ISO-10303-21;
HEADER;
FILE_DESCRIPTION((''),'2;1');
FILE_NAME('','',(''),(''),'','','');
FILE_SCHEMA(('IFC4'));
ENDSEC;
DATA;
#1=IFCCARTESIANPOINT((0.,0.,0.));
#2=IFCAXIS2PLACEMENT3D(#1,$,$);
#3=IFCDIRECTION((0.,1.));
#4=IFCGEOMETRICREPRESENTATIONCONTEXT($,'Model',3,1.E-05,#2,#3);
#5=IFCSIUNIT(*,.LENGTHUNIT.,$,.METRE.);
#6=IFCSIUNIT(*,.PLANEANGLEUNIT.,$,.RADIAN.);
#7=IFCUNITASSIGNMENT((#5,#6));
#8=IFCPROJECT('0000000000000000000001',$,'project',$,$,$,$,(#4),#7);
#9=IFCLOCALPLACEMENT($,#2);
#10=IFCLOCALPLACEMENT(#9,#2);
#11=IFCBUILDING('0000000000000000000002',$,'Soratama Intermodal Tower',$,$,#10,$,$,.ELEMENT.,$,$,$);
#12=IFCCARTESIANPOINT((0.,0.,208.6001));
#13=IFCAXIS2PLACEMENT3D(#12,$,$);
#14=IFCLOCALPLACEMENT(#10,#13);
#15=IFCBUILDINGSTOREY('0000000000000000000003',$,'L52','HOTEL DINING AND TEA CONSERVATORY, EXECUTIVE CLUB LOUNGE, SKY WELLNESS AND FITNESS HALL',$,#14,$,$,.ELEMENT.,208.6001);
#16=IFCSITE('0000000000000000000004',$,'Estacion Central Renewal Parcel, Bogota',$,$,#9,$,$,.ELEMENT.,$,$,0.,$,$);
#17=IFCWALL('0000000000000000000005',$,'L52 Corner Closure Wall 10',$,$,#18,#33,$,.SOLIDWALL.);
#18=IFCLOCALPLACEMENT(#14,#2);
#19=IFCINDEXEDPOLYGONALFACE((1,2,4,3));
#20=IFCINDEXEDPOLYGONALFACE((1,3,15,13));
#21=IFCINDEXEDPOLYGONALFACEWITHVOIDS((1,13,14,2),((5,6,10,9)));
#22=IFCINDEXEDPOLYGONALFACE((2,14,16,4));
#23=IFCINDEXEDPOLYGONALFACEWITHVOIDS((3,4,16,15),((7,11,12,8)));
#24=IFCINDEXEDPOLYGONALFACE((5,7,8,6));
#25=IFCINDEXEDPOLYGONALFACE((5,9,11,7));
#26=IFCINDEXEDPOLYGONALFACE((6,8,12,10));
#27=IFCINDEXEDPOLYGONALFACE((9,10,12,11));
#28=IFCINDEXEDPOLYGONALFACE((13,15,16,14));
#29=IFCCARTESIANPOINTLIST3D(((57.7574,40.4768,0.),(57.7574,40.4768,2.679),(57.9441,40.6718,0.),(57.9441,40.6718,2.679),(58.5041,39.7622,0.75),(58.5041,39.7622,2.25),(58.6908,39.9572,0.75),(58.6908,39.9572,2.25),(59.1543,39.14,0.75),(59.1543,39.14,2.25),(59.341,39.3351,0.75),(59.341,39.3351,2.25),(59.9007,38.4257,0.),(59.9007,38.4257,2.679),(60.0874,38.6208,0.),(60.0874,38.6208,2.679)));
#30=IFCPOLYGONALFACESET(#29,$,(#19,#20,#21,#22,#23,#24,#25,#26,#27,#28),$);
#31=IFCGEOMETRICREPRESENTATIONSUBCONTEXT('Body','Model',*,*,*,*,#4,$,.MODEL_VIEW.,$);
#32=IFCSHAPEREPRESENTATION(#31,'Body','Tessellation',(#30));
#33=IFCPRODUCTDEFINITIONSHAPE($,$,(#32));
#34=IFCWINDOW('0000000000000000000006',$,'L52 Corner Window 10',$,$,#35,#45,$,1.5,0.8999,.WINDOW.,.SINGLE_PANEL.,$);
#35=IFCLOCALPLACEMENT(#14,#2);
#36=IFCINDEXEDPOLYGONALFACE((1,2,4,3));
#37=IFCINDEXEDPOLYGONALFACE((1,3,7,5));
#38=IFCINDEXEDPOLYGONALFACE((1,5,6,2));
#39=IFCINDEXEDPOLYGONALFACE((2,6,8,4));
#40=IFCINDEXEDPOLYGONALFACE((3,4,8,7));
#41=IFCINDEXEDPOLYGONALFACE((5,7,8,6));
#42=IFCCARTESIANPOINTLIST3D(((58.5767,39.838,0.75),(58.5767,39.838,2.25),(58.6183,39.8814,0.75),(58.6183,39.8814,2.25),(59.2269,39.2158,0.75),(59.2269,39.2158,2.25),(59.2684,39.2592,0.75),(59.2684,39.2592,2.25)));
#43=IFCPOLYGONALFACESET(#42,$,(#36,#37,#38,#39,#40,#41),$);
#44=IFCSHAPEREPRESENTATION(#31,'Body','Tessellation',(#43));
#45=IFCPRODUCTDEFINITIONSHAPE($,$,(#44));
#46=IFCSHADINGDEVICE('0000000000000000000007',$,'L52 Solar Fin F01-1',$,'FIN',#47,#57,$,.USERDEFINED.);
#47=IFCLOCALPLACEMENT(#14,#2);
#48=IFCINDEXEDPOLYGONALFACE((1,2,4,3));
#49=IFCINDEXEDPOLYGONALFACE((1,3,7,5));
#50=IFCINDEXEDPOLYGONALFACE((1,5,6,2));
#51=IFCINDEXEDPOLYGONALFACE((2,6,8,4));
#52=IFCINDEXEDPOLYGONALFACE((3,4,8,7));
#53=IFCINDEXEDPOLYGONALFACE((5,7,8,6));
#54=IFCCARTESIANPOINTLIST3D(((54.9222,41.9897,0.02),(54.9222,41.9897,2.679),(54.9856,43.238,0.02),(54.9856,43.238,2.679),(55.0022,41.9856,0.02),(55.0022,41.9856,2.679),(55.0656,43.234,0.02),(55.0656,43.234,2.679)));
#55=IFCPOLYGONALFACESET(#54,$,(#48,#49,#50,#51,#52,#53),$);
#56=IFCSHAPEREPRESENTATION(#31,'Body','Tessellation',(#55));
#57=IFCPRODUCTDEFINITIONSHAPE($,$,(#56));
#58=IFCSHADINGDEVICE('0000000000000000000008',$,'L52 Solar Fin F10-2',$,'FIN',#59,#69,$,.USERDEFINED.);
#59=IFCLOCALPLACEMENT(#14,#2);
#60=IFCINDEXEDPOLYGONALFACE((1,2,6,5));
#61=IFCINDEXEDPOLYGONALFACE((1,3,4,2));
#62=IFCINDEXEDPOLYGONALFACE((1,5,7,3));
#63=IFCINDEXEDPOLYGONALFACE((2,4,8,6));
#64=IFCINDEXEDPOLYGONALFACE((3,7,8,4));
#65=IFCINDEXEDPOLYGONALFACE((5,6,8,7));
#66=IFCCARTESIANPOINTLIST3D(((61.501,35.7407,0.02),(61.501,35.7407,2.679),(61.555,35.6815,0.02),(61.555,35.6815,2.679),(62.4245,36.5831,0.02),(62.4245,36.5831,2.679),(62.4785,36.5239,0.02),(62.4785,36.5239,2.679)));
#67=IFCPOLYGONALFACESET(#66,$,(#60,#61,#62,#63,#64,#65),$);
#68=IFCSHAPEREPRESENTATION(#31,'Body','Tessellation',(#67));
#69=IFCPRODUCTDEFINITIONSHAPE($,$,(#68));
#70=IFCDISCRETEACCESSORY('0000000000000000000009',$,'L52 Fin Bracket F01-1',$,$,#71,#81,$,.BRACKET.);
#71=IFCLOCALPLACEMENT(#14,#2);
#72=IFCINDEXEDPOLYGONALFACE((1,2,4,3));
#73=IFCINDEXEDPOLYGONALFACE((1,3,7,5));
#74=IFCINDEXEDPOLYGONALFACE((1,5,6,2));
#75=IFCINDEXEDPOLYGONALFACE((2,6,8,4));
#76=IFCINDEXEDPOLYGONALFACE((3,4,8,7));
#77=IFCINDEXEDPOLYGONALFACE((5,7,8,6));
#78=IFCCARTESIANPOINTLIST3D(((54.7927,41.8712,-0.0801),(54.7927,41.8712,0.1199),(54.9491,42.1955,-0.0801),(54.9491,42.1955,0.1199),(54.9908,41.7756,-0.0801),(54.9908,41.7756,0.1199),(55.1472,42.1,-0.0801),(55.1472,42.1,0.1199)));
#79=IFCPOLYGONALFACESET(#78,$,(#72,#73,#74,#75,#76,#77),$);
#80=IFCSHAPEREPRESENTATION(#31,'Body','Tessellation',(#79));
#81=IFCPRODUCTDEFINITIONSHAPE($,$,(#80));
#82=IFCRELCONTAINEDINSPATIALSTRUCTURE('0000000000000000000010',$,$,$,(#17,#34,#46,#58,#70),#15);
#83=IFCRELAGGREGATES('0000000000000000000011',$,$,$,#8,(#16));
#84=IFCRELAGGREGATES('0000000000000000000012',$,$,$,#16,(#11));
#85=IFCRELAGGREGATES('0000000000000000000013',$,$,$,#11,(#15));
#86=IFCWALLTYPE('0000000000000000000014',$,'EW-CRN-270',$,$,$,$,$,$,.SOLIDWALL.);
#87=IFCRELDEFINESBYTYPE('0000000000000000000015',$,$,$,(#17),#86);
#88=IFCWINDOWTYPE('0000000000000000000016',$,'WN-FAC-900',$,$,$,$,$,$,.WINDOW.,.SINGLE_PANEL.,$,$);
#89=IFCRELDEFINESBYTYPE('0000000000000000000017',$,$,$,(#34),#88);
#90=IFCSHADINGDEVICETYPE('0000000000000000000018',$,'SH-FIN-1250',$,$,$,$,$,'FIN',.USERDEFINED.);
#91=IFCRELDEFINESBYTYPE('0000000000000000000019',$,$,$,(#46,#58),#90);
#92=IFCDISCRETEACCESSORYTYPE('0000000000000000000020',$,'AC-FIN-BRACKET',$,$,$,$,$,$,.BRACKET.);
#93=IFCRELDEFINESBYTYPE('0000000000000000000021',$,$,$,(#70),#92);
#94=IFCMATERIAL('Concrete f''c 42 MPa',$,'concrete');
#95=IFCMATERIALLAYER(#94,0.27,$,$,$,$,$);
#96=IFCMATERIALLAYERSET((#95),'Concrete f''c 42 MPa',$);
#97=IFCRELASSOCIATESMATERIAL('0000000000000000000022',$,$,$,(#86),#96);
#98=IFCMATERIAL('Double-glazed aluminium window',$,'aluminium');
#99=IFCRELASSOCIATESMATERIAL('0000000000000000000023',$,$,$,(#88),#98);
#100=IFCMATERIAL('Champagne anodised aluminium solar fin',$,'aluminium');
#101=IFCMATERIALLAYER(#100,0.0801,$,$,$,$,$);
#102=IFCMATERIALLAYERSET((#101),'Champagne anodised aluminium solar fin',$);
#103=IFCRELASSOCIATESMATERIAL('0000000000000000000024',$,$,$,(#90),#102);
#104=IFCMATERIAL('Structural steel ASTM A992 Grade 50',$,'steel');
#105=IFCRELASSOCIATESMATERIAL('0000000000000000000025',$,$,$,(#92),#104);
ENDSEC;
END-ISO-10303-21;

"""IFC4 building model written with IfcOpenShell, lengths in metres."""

from ifc_helpers import new_model, si_unit, direction, frame, frame_2d, origin, origin_2d, place, context, subcontext, project, spatial, rectangle, extrude, material, layer, layer_set, type_object, element, fill, save


model = new_model("IFC4")

# Units and contexts
model_context = context("Model", 3, precision=1e-05, world=origin(), true_north=direction((0.0, 1.0)))
body_context = subcontext(model_context, "Body", "Model", "MODEL_VIEW")
ifc_project = project(units=[si_unit("LENGTHUNIT", "METRE"), si_unit("PLANEANGLEUNIT", "RADIAN")], contexts=[model_context])

# Site, building, storey
site_placement = place(None, origin())
site = spatial("IfcSite", under=ifc_project, at=site_placement, Name="Estacion Central Renewal Parcel, Bogota", CompositionType="ELEMENT", RefElevation=0.0)
building_placement = place(site_placement, origin())
building = spatial("IfcBuilding", under=site, at=building_placement, Name="Soratama Intermodal Tower", CompositionType="ELEMENT")
storey_placement = place(building_placement, frame((0.0, 0.0, 208.6001)))
storey = spatial("IfcBuildingStorey", under=building, at=storey_placement, Name="L52", Description="HOTEL DINING AND TEA CONSERVATORY, EXECUTIVE CLUB LOUNGE, SKY WELLNESS AND FITNESS HALL", CompositionType="ELEMENT", Elevation=208.6001)

# Wall, opening, window
ifc_material_1 = material(Name="Concrete f'c 42 MPa", Category="concrete")
ifc_layer_1 = layer(ifc_material_1, 0.27)
ifc_layer_set_1 = layer_set([ifc_layer_1], Name="Concrete f'c 42 MPa")
wall_type = type_object("IfcWallType", Name="EW-CRN-270", PredefinedType="SOLIDWALL", material=ifc_layer_set_1)
wall_placement = place(storey_placement, frame((59.9941, 38.5232, 0.0), z_axis=(0.0, 0.0, 1.0), x_axis=(-0.72249, 0.691381, 0.0)))
wall = element("IfcWall", 1, at=wall_placement, inside=storey, type_object=wall_type, Name="L52 Corner Closure Wall 10", PredefinedType="SOLIDWALL", context=body_context, shape_type="SweptSolid", body=[
    extrude(rectangle(XDim=2.9666, YDim=0.27, at=frame_2d((1.4834, 0.0))), origin(), (0.0, 0.0, 1.0), 2.679),
])
opening_placement = place(wall_placement, frame((1.0332, 0.0, 0.75)))
opening = element("IfcOpeningElement", 2, at=opening_placement, cuts=wall, PredefinedType="OPENING", context=body_context, shape_type="SweptSolid", body=[
    extrude(rectangle(XDim=0.8999, YDim=1.5, at=frame_2d((0.45, 0.75))), frame((0.0, 0.145, 0.0), z_axis=(0.0, -1.0, 0.0), x_axis=(1.0, 0.0, 0.0)), (0.0, 0.0, 1.0), 0.29),
])
ifc_material_2 = material(Name="Double-glazed aluminium window", Category="aluminium")
window_type = type_object("IfcWindowType", Name="WN-FAC-900", PartitioningType="SINGLE_PANEL", PredefinedType="WINDOW", material=ifc_material_2)
window_placement = place(opening_placement, origin())
window = element("IfcWindow", 3, at=window_placement, inside=storey, type_object=window_type, Name="L52 Corner Window 10", OverallHeight=1.5, OverallWidth=0.8999, PartitioningType="SINGLE_PANEL", PredefinedType="WINDOW", context=body_context, shape_type="SweptSolid", body=[
    extrude(rectangle(XDim=0.8999, YDim=1.5, at=frame_2d((0.45, 0.75))), frame((0.0, 0.03, 0.0), z_axis=(0.0, -1.0, 0.0), x_axis=(1.0, 0.0, 0.0)), (0.0, 0.0, 1.0), 0.0601),
])
fill(opening, window)

# Shading devices
ifc_material_3 = material(Name="Champagne anodised aluminium solar fin", Category="aluminium")
ifc_layer_2 = layer(ifc_material_3, 0.0801)
ifc_layer_set_2 = layer_set([ifc_layer_2], Name="Champagne anodised aluminium solar fin")
shading_device_type = type_object("IfcShadingDeviceType", Name="SH-FIN-1250", ElementType="FIN", PredefinedType="USERDEFINED", material=ifc_layer_set_2)
for number, where, z_axis, x_axis, name in (
    (4, (54.9939, 42.6118, 0.02), (0.0, 0.0, 1.0), (0.050767, 0.998711, 0.0), "L52 Solar Fin F01-1"),
    (5, (61.9897, 36.1323, 0.02), (0.0, 0.0, 1.0), (0.738808, 0.673916, 0.0), "L52 Solar Fin F10-2"),
):
    element("IfcShadingDevice", number, at=place(storey_placement, frame(where, z_axis=z_axis, x_axis=x_axis)), inside=storey, type_object=shading_device_type, Name=name, ObjectType="FIN", PredefinedType="USERDEFINED", context=body_context, shape_type="SweptSolid", body=[
        extrude(rectangle(XDim=1.25, YDim=0.0801, at=origin_2d()), origin(), (0.0, 0.0, 1.0), 2.6589),
    ])

# Discrete accessory
ifc_material_4 = material(Name="Structural steel ASTM A992 Grade 50", Category="steel")
discrete_accessory_type = type_object("IfcDiscreteAccessoryType", Name="AC-FIN-BRACKET", PredefinedType="BRACKET", material=ifc_material_4)
discrete_accessory_placement = place(storey_placement, frame((54.97, 41.9856, -0.0801), z_axis=(0.0, 0.0, 1.0), x_axis=(0.434288, 0.900774, 0.0)))
element("IfcDiscreteAccessory", 6, at=discrete_accessory_placement, inside=storey, type_object=discrete_accessory_type, Name="L52 Fin Bracket F01-1", PredefinedType="BRACKET", context=body_context, shape_type="SweptSolid", body=[
    extrude(rectangle(XDim=0.3601, YDim=0.22, at=origin_2d()), origin(), (0.0, 0.0, 1.0), 0.2),
])

save(model, "model.ifc")
